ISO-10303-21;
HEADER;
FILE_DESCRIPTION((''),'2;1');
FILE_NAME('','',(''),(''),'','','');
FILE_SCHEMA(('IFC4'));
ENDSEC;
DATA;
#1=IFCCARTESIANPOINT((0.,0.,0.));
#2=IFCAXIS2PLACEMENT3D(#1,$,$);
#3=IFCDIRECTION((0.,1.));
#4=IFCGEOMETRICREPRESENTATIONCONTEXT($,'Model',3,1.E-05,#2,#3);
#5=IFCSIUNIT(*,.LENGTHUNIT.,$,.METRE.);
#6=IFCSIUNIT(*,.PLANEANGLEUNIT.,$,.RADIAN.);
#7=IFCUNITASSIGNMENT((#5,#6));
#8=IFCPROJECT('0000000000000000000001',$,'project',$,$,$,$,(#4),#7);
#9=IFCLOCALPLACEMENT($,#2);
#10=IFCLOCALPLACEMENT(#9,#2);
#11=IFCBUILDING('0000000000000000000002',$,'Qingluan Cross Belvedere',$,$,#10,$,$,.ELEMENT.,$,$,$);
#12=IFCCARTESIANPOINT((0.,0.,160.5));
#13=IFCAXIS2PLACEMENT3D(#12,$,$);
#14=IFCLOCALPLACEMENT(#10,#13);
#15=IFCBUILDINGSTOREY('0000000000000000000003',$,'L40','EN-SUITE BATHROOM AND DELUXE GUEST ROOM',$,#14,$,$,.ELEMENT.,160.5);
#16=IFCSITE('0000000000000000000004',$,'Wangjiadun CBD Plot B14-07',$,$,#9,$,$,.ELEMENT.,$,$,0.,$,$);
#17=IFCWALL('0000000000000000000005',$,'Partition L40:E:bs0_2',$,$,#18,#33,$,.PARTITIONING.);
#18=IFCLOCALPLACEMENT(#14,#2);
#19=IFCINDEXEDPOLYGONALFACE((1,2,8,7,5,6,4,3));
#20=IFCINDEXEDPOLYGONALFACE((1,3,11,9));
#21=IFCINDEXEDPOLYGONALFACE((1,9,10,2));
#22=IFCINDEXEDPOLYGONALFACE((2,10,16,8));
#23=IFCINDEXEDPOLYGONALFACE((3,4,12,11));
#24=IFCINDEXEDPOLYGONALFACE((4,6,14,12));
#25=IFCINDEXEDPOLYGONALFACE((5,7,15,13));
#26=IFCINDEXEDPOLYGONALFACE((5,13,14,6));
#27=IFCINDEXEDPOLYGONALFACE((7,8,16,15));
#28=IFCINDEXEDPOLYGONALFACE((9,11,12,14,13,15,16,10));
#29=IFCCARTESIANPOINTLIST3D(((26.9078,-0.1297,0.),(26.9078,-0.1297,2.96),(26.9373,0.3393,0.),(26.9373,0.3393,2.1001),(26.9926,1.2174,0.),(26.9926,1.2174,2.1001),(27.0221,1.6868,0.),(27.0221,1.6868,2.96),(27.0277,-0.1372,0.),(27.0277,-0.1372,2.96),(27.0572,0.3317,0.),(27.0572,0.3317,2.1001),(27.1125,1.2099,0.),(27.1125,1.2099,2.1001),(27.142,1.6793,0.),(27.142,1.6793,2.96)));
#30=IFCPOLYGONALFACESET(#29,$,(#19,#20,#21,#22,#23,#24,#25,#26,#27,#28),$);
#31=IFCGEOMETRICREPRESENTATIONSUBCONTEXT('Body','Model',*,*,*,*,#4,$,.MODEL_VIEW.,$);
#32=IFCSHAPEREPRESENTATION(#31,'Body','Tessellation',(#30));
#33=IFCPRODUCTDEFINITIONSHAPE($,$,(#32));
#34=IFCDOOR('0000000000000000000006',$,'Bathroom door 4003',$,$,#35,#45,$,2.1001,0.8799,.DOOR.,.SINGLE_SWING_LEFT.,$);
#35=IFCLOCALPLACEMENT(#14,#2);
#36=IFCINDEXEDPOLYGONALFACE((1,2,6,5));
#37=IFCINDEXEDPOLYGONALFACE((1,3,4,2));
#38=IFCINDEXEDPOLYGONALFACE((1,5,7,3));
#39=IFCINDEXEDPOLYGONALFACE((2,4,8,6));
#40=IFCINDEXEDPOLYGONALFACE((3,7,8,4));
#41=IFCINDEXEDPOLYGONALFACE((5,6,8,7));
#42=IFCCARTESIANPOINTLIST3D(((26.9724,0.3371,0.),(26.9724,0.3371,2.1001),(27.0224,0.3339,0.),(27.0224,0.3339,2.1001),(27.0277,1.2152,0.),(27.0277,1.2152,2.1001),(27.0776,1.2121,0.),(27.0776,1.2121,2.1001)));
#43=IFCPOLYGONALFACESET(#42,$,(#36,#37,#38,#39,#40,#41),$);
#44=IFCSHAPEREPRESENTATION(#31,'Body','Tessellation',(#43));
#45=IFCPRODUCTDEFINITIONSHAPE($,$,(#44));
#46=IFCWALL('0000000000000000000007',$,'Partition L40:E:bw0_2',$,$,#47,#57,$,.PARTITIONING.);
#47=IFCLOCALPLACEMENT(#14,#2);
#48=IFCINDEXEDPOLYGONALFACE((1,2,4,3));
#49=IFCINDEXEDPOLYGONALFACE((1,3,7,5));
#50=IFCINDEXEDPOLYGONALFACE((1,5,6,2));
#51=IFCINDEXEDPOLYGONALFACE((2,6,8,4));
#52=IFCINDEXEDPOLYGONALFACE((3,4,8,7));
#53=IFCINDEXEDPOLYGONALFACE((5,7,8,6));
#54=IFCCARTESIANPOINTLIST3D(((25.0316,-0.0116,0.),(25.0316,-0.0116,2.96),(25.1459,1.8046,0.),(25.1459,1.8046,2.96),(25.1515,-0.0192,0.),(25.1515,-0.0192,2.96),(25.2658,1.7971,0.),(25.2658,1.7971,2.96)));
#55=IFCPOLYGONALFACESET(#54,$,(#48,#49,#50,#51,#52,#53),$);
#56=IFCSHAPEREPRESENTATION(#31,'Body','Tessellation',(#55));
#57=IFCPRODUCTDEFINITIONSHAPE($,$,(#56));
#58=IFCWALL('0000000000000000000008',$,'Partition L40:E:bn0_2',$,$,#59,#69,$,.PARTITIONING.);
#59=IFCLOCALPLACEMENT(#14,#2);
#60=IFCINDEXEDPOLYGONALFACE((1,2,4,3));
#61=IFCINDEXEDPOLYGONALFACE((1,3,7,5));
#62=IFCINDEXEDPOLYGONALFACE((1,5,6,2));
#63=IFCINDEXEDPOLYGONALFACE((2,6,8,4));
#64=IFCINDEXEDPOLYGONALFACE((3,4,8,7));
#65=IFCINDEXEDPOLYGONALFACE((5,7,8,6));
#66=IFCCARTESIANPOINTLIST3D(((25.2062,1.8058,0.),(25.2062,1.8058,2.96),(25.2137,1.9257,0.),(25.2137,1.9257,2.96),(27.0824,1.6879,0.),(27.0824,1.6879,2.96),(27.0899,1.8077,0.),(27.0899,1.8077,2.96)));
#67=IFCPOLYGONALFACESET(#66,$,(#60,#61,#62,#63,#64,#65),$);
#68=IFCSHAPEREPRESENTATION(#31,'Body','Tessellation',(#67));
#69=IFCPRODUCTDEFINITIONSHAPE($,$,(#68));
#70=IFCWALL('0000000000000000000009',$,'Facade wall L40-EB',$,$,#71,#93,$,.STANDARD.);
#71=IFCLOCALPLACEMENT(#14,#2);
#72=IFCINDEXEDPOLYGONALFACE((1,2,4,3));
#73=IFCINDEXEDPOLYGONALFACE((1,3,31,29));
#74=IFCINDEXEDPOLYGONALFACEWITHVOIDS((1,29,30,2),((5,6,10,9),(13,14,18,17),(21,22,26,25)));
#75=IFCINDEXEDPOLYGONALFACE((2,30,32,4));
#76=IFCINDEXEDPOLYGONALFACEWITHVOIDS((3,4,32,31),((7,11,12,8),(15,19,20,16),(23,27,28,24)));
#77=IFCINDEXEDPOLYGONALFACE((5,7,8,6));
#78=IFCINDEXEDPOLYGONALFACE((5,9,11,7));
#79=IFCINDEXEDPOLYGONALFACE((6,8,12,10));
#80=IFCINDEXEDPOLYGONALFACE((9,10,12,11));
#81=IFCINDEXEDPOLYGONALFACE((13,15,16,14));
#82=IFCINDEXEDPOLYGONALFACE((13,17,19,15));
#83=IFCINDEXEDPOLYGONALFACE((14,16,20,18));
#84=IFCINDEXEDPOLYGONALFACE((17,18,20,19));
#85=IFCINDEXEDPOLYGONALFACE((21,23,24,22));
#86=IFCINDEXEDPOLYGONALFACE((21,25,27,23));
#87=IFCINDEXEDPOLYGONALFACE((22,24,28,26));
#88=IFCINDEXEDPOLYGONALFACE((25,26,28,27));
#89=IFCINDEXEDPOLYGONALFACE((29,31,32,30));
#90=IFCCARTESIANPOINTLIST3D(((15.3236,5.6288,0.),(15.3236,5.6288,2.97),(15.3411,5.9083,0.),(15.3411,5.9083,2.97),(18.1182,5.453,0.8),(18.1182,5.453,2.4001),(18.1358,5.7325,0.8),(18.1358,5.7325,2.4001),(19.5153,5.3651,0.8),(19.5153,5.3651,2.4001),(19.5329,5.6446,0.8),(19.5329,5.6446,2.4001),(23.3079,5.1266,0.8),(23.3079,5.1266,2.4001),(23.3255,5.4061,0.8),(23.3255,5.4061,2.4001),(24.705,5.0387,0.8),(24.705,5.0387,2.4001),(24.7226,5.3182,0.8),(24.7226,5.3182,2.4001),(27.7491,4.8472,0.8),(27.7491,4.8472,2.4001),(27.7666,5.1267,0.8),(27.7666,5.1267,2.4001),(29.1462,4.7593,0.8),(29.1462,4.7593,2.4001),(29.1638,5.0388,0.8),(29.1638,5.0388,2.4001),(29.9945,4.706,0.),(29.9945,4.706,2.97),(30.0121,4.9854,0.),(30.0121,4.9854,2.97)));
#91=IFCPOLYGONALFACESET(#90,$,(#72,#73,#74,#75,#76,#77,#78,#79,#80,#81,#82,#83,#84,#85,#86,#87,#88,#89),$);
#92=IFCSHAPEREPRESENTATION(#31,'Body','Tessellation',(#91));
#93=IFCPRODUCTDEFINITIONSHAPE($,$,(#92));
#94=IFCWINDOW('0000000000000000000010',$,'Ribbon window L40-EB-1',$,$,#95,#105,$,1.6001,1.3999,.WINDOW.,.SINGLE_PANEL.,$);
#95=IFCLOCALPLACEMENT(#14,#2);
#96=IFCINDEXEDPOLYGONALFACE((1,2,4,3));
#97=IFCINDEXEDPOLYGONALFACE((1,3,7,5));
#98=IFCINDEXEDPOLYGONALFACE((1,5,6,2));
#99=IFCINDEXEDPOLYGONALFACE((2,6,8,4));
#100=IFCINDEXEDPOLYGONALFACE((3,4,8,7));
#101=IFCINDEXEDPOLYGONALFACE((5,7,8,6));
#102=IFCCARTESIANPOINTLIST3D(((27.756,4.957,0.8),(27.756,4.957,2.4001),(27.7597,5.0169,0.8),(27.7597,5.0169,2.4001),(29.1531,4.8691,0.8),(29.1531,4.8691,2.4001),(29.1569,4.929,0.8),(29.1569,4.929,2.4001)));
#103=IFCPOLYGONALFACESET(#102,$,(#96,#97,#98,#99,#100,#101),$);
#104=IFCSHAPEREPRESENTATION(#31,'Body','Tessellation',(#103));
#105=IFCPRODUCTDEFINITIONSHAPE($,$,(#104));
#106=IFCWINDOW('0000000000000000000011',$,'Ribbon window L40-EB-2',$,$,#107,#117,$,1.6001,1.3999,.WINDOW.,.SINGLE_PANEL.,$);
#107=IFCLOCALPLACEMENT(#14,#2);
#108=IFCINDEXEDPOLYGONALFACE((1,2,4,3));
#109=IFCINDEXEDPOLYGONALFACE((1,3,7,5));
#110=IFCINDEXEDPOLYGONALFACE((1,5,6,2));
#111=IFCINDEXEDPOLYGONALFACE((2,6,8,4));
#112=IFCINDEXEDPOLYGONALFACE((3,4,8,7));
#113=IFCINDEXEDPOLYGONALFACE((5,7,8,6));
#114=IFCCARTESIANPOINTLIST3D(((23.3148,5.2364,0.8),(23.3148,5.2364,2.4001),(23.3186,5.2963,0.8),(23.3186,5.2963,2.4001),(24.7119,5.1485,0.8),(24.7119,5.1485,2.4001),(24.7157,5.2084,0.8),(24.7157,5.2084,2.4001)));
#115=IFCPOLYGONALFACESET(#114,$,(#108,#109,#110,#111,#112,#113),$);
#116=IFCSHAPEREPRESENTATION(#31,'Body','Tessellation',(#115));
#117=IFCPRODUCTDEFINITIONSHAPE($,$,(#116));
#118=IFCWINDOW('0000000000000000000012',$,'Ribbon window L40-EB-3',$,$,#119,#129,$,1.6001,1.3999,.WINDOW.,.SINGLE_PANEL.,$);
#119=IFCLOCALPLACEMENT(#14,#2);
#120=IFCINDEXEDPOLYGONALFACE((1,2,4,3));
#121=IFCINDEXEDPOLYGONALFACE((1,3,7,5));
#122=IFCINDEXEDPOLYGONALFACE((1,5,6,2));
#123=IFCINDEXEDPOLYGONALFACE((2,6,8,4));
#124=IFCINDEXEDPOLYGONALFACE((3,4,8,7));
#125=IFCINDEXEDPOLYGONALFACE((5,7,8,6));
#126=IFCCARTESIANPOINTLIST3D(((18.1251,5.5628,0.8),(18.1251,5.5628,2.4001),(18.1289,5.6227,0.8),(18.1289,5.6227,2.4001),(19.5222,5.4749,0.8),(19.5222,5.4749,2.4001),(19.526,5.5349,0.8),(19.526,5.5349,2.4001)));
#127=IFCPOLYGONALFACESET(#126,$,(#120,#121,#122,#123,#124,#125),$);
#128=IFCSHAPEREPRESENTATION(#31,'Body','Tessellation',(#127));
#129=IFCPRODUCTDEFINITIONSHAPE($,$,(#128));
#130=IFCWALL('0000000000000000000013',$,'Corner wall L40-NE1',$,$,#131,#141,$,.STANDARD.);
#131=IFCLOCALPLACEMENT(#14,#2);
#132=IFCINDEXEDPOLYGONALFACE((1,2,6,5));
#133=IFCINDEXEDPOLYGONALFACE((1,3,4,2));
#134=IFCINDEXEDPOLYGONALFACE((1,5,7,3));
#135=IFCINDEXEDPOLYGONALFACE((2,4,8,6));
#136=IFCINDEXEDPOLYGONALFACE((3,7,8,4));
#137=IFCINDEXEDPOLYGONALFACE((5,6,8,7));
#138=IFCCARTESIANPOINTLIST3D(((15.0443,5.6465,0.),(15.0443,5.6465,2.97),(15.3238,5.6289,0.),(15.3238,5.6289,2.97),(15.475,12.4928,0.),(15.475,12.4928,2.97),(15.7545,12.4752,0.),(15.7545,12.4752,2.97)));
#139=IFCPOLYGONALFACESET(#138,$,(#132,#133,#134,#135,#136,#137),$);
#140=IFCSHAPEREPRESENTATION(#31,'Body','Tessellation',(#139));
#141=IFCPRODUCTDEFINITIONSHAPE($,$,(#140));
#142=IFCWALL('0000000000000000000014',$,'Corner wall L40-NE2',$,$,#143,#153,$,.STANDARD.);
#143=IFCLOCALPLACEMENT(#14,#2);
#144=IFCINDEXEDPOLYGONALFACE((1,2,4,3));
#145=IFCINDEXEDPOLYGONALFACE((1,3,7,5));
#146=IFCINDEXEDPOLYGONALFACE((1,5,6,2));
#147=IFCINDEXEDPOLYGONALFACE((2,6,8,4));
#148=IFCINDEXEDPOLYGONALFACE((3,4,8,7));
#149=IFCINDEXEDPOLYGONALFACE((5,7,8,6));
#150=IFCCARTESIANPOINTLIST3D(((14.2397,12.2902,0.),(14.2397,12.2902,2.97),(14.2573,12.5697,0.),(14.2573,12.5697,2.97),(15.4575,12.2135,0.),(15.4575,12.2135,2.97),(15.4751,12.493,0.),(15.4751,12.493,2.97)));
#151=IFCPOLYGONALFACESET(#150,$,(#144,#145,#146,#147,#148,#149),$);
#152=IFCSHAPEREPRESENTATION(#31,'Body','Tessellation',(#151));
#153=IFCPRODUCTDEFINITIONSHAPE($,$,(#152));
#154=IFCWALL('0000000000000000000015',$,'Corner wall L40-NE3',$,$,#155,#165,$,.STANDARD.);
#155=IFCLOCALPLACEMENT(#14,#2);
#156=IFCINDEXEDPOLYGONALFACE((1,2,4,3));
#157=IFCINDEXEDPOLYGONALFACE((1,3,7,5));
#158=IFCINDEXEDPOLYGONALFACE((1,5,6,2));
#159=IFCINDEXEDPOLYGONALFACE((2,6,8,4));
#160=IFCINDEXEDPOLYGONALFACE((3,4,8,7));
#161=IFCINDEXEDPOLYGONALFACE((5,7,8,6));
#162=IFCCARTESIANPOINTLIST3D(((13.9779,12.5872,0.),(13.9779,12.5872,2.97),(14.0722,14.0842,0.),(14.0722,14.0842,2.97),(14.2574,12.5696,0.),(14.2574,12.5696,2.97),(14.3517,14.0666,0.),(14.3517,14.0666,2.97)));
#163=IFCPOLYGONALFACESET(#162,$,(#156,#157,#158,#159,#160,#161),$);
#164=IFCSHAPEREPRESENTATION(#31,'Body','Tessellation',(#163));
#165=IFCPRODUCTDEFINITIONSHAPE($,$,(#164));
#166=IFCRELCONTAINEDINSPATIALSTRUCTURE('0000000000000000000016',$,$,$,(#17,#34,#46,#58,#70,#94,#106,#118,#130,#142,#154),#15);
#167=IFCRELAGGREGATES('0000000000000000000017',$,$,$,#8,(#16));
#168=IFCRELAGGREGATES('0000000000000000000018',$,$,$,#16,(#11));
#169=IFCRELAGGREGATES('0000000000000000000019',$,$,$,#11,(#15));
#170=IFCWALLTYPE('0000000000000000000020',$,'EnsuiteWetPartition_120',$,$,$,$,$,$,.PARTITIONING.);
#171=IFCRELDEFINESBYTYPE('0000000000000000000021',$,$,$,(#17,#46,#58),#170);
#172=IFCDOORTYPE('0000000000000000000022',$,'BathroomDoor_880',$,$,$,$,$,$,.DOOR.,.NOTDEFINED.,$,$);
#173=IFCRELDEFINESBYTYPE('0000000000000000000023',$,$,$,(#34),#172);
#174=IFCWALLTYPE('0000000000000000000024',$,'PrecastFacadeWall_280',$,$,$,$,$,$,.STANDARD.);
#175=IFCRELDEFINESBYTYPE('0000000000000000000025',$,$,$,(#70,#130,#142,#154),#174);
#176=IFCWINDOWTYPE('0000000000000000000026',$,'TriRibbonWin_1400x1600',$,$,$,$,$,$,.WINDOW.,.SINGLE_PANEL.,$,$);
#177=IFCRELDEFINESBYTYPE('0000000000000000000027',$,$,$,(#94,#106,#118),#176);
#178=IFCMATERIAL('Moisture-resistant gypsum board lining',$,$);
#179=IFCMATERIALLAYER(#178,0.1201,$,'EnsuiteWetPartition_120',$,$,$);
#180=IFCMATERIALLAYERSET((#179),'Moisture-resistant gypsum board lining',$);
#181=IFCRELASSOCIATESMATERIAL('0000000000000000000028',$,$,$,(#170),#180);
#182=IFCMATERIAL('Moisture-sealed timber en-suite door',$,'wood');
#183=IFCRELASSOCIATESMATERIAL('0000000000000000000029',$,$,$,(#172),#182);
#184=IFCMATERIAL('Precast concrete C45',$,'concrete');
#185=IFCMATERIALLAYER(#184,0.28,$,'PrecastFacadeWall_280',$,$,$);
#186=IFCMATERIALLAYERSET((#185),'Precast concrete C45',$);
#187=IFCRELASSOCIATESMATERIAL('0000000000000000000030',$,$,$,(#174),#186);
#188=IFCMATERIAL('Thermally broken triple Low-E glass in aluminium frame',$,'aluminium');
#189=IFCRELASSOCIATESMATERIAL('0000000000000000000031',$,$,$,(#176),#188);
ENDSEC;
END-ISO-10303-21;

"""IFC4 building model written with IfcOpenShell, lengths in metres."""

from ifc_helpers import new_model, si_unit, direction, frame, frame_2d, origin, place, context, subcontext, project, spatial, rectangle, extrude, material, layer, layer_set, type_object, element, fill, save


model = new_model("IFC4")

# Units and contexts
model_context = context("Model", 3, precision=1e-05, world=origin(), true_north=direction((0.0, 1.0)))
body_context = subcontext(model_context, "Body", "Model", "MODEL_VIEW")
ifc_project = project(units=[si_unit("LENGTHUNIT", "METRE"), si_unit("PLANEANGLEUNIT", "RADIAN")], contexts=[model_context])

# Site, building, storey
site_placement = place(None, origin())
site = spatial("IfcSite", under=ifc_project, at=site_placement, Name="Wangjiadun CBD Plot B14-07", CompositionType="ELEMENT", RefElevation=0.0)
building_placement = place(site_placement, origin())
building = spatial("IfcBuilding", under=site, at=building_placement, Name="Qingluan Cross Belvedere", CompositionType="ELEMENT")
storey_placement = place(building_placement, frame((0.0, 0.0, 160.5)))
storey = spatial("IfcBuildingStorey", under=building, at=storey_placement, Name="L40", Description="EN-SUITE BATHROOM AND DELUXE GUEST ROOM", CompositionType="ELEMENT", Elevation=160.5)

# Shared definitions
ifc_material_1 = material(Name="Moisture-resistant gypsum board lining")
ifc_layer_1 = layer(ifc_material_1, 0.1201, Name="EnsuiteWetPartition_120")
ifc_layer_set_1 = layer_set([ifc_layer_1], Name="Moisture-resistant gypsum board lining")
wall_type_1 = type_object("IfcWallType", Name="EnsuiteWetPartition_120", PredefinedType="PARTITIONING", material=ifc_layer_set_1)
ifc_material_2 = material(Name="Moisture-sealed timber en-suite door", Category="wood")
door_type_1 = type_object("IfcDoorType", Name="BathroomDoor_880", OperationType="NOTDEFINED", PredefinedType="DOOR", material=ifc_material_2)

# Wall, opening, door
wall_1_placement = place(storey_placement, frame((26.9678, -0.1335, 0.0), z_axis=(0.0, 0.0, 1.0), x_axis=(0.062779, 0.998027, 0.0)))
wall_1 = element("IfcWall", 1, at=wall_1_placement, inside=storey, type_object=wall_type_1, Name="Partition L40:E:bs0_2", PredefinedType="PARTITIONING", context=body_context, shape_type="SweptSolid", body=[
    extrude(rectangle(XDim=1.8201, YDim=0.1201, at=frame_2d((0.9102, 0.0))), origin(), (0.0, 0.0, 1.0), 2.96),
])
opening_1_placement = place(wall_1_placement, frame((0.47, 0.0, 0.0)))
opening_1 = element("IfcOpeningElement", 2, at=opening_1_placement, cuts=wall_1, PredefinedType="OPENING", context=body_context, shape_type="SweptSolid", body=[
    extrude(rectangle(XDim=0.8799, YDim=2.1001, at=frame_2d((0.4399, 1.05))), frame((0.0, 0.0701, 0.0), z_axis=(0.0, -1.0, 0.0), x_axis=(1.0, 0.0, 0.0)), (0.0, 0.0, 1.0), 0.1401),
])
door_1_placement = place(opening_1_placement, origin())
door_1 = element("IfcDoor", 3, at=door_1_placement, inside=storey, type_object=door_type_1, Name="Bathroom door 4003", OperationType="SINGLE_SWING_LEFT", OverallHeight=2.1001, OverallWidth=0.8799, PredefinedType="DOOR", context=body_context, shape_type="SweptSolid", body=[
    extrude(rectangle(XDim=0.8799, YDim=2.1001, at=frame_2d((0.4399, 1.05))), frame((0.0, 0.0249, 0.0), z_axis=(0.0, -1.0, 0.0), x_axis=(1.0, 0.0, 0.0)), (0.0, 0.0, 1.0), 0.05),
])
fill(opening_1, door_1)

# Walls
wall_2_placement = place(storey_placement, frame((25.0916, -0.0154, 0.0), z_axis=(0.0, 0.0, 1.0), x_axis=(0.062788, 0.998027, 0.0)))
element("IfcWall", 4, at=wall_2_placement, inside=storey, type_object=wall_type_1, Name="Partition L40:E:bw0_2", PredefinedType="PARTITIONING", context=body_context, shape_type="SweptSolid", body=[
    extrude(rectangle(XDim=1.8198, YDim=0.1201, at=frame_2d((0.9099, 0.0))), origin(), (0.0, 0.0, 1.0), 2.96),
])
wall_3_placement = place(storey_placement, frame((25.21, 1.8657, 0.0), z_axis=(0.0, 0.0, 1.0), x_axis=(0.998031, -0.062726, 0.0)))
element("IfcWall", 5, at=wall_3_placement, inside=storey, type_object=wall_type_1, Name="Partition L40:E:bn0_2", PredefinedType="PARTITIONING", context=body_context, shape_type="SweptSolid", body=[
    extrude(rectangle(XDim=1.8799, YDim=0.1201, at=frame_2d((0.9399, 0.0))), origin(), (0.0, 0.0, 1.0), 2.96),
])

# Wall, openings, windows
ifc_material_3 = material(Name="Precast concrete C45", Category="concrete")
ifc_layer_2 = layer(ifc_material_3, 0.28, Name="PrecastFacadeWall_280")
ifc_layer_set_2 = layer_set([ifc_layer_2], Name="Precast concrete C45")
wall_type_2 = type_object("IfcWallType", Name="PrecastFacadeWall_280", PredefinedType="STANDARD", material=ifc_layer_set_2)
wall_4_placement = place(storey_placement, frame((30.0034, 4.8457, 0.0), z_axis=(0.0, 0.0, 1.0), x_axis=(-0.998027, 0.062779, 0.0)))
wall_4 = element("IfcWall", 6, at=wall_4_placement, inside=storey, type_object=wall_type_2, Name="Facade wall L40-EB", PredefinedType="STANDARD", context=body_context, shape_type="SweptSolid", body=[
    extrude(rectangle(XDim=14.7, YDim=0.28, at=frame_2d((7.3501, 0.0))), origin(), (0.0, 0.0, 1.0), 2.97),
])
opening_2_placement = place(wall_4_placement, frame((0.8501, 0.0, 0.8)))
opening_2 = element("IfcOpeningElement", 7, at=opening_2_placement, cuts=wall_4, PredefinedType="OPENING", context=body_context, shape_type="SweptSolid", body=[
    extrude(rectangle(XDim=1.3999, YDim=1.6001, at=frame_2d((0.7, 0.8))), frame((0.0, 0.1499, 0.0), z_axis=(0.0, -1.0, 0.0), x_axis=(1.0, 0.0, 0.0)), (0.0, 0.0, 1.0), 0.3),
])
opening_3_placement = place(wall_4_placement, frame((5.3, 0.0, 0.8)))
opening_3 = element("IfcOpeningElement", 8, at=opening_3_placement, cuts=wall_4, PredefinedType="OPENING", context=body_context, shape_type="SweptSolid", body=[
    extrude(rectangle(XDim=1.3999, YDim=1.6001, at=frame_2d((0.7, 0.8))), frame((0.0, 0.1499, 0.0), z_axis=(0.0, -1.0, 0.0), x_axis=(1.0, 0.0, 0.0)), (0.0, 0.0, 1.0), 0.3),
])
opening_4_placement = place(wall_4_placement, frame((10.5, 0.0, 0.8)))
opening_4 = element("IfcOpeningElement", 9, at=opening_4_placement, cuts=wall_4, PredefinedType="OPENING", context=body_context, shape_type="SweptSolid", body=[
    extrude(rectangle(XDim=1.3999, YDim=1.6001, at=frame_2d((0.7, 0.8))), frame((0.0, 0.1499, 0.0), z_axis=(0.0, -1.0, 0.0), x_axis=(1.0, 0.0, 0.0)), (0.0, 0.0, 1.0), 0.3),
])
ifc_material_4 = material(Name="Thermally broken triple Low-E glass in aluminium frame", Category="aluminium")
window_type = type_object("IfcWindowType", Name="TriRibbonWin_1400x1600", PartitioningType="SINGLE_PANEL", PredefinedType="WINDOW", material=ifc_material_4)
window_1_placement = place(opening_2_placement, origin())
window_1 = element("IfcWindow", 10, at=window_1_placement, inside=storey, type_object=window_type, Name="Ribbon window L40-EB-1", OverallHeight=1.6001, OverallWidth=1.3999, PartitioningType="SINGLE_PANEL", PredefinedType="WINDOW", context=body_context, shape_type="SweptSolid", body=[
    extrude(rectangle(XDim=1.3999, YDim=1.6001, at=frame_2d((0.7, 0.8))), frame((0.0, 0.03, 0.0), z_axis=(0.0, -1.0, 0.0), x_axis=(1.0, 0.0, 0.0)), (0.0, 0.0, 1.0), 0.0601),
])
fill(opening_2, window_1)
window_2_placement = place(opening_3_placement, origin())
window_2 = element("IfcWindow", 11, at=window_2_placement, inside=storey, type_object=window_type, Name="Ribbon window L40-EB-2", OverallHeight=1.6001, OverallWidth=1.3999, PartitioningType="SINGLE_PANEL", PredefinedType="WINDOW", context=body_context, shape_type="SweptSolid", body=[
    extrude(rectangle(XDim=1.3999, YDim=1.6001, at=frame_2d((0.7, 0.8))), frame((0.0, 0.03, 0.0), z_axis=(0.0, -1.0, 0.0), x_axis=(1.0, 0.0, 0.0)), (0.0, 0.0, 1.0), 0.0601),
])
fill(opening_3, window_2)
window_3_placement = place(opening_4_placement, origin())
window_3 = element("IfcWindow", 12, at=window_3_placement, inside=storey, type_object=window_type, Name="Ribbon window L40-EB-3", OverallHeight=1.6001, OverallWidth=1.3999, PartitioningType="SINGLE_PANEL", PredefinedType="WINDOW", context=body_context, shape_type="SweptSolid", body=[
    extrude(rectangle(XDim=1.3999, YDim=1.6001, at=frame_2d((0.7, 0.8))), frame((0.0, 0.03, 0.0), z_axis=(0.0, -1.0, 0.0), x_axis=(1.0, 0.0, 0.0)), (0.0, 0.0, 1.0), 0.0601),
])
fill(opening_4, window_3)

# Walls
wall_5_placement = place(storey_placement, frame((15.1841, 5.6377, 0.0), z_axis=(0.0, 0.0, 1.0), x_axis=(0.062779, 0.998027, 0.0)))
element("IfcWall", 13, at=wall_5_placement, inside=storey, type_object=wall_type_2, Name="Corner wall L40-NE1", PredefinedType="STANDARD", context=body_context, shape_type="SweptSolid", body=[
    extrude(rectangle(XDim=6.8599, YDim=0.28, at=frame_2d((3.4299, 0.0))), origin(), (0.0, 0.0, 1.0), 2.97),
])
wall_6_placement = place(storey_placement, frame((15.4663, 12.3533, 0.0), z_axis=(0.0, 0.0, 1.0), x_axis=(-0.998024, 0.062827, 0.0)))
element("IfcWall", 14, at=wall_6_placement, inside=storey, type_object=wall_type_2, Name="Corner wall L40-NE2", PredefinedType="STANDARD", context=body_context, shape_type="SweptSolid", body=[
    extrude(rectangle(XDim=1.2202, YDim=0.28, at=frame_2d((0.6101, 0.0))), origin(), (0.0, 0.0, 1.0), 2.97),
])
wall_7_placement = place(storey_placement, frame((14.1177, 12.5784, 0.0), z_axis=(0.0, 0.0, 1.0), x_axis=(0.062824, 0.998025, 0.0)))
element("IfcWall", 15, at=wall_7_placement, inside=storey, type_object=wall_type_2, Name="Corner wall L40-NE3", PredefinedType="STANDARD", context=body_context, shape_type="SweptSolid", body=[
    extrude(rectangle(XDim=1.5, YDim=0.28, at=frame_2d((0.75, 0.0))), origin(), (0.0, 0.0, 1.0), 2.97),
])

save(model, "model.ifc")
